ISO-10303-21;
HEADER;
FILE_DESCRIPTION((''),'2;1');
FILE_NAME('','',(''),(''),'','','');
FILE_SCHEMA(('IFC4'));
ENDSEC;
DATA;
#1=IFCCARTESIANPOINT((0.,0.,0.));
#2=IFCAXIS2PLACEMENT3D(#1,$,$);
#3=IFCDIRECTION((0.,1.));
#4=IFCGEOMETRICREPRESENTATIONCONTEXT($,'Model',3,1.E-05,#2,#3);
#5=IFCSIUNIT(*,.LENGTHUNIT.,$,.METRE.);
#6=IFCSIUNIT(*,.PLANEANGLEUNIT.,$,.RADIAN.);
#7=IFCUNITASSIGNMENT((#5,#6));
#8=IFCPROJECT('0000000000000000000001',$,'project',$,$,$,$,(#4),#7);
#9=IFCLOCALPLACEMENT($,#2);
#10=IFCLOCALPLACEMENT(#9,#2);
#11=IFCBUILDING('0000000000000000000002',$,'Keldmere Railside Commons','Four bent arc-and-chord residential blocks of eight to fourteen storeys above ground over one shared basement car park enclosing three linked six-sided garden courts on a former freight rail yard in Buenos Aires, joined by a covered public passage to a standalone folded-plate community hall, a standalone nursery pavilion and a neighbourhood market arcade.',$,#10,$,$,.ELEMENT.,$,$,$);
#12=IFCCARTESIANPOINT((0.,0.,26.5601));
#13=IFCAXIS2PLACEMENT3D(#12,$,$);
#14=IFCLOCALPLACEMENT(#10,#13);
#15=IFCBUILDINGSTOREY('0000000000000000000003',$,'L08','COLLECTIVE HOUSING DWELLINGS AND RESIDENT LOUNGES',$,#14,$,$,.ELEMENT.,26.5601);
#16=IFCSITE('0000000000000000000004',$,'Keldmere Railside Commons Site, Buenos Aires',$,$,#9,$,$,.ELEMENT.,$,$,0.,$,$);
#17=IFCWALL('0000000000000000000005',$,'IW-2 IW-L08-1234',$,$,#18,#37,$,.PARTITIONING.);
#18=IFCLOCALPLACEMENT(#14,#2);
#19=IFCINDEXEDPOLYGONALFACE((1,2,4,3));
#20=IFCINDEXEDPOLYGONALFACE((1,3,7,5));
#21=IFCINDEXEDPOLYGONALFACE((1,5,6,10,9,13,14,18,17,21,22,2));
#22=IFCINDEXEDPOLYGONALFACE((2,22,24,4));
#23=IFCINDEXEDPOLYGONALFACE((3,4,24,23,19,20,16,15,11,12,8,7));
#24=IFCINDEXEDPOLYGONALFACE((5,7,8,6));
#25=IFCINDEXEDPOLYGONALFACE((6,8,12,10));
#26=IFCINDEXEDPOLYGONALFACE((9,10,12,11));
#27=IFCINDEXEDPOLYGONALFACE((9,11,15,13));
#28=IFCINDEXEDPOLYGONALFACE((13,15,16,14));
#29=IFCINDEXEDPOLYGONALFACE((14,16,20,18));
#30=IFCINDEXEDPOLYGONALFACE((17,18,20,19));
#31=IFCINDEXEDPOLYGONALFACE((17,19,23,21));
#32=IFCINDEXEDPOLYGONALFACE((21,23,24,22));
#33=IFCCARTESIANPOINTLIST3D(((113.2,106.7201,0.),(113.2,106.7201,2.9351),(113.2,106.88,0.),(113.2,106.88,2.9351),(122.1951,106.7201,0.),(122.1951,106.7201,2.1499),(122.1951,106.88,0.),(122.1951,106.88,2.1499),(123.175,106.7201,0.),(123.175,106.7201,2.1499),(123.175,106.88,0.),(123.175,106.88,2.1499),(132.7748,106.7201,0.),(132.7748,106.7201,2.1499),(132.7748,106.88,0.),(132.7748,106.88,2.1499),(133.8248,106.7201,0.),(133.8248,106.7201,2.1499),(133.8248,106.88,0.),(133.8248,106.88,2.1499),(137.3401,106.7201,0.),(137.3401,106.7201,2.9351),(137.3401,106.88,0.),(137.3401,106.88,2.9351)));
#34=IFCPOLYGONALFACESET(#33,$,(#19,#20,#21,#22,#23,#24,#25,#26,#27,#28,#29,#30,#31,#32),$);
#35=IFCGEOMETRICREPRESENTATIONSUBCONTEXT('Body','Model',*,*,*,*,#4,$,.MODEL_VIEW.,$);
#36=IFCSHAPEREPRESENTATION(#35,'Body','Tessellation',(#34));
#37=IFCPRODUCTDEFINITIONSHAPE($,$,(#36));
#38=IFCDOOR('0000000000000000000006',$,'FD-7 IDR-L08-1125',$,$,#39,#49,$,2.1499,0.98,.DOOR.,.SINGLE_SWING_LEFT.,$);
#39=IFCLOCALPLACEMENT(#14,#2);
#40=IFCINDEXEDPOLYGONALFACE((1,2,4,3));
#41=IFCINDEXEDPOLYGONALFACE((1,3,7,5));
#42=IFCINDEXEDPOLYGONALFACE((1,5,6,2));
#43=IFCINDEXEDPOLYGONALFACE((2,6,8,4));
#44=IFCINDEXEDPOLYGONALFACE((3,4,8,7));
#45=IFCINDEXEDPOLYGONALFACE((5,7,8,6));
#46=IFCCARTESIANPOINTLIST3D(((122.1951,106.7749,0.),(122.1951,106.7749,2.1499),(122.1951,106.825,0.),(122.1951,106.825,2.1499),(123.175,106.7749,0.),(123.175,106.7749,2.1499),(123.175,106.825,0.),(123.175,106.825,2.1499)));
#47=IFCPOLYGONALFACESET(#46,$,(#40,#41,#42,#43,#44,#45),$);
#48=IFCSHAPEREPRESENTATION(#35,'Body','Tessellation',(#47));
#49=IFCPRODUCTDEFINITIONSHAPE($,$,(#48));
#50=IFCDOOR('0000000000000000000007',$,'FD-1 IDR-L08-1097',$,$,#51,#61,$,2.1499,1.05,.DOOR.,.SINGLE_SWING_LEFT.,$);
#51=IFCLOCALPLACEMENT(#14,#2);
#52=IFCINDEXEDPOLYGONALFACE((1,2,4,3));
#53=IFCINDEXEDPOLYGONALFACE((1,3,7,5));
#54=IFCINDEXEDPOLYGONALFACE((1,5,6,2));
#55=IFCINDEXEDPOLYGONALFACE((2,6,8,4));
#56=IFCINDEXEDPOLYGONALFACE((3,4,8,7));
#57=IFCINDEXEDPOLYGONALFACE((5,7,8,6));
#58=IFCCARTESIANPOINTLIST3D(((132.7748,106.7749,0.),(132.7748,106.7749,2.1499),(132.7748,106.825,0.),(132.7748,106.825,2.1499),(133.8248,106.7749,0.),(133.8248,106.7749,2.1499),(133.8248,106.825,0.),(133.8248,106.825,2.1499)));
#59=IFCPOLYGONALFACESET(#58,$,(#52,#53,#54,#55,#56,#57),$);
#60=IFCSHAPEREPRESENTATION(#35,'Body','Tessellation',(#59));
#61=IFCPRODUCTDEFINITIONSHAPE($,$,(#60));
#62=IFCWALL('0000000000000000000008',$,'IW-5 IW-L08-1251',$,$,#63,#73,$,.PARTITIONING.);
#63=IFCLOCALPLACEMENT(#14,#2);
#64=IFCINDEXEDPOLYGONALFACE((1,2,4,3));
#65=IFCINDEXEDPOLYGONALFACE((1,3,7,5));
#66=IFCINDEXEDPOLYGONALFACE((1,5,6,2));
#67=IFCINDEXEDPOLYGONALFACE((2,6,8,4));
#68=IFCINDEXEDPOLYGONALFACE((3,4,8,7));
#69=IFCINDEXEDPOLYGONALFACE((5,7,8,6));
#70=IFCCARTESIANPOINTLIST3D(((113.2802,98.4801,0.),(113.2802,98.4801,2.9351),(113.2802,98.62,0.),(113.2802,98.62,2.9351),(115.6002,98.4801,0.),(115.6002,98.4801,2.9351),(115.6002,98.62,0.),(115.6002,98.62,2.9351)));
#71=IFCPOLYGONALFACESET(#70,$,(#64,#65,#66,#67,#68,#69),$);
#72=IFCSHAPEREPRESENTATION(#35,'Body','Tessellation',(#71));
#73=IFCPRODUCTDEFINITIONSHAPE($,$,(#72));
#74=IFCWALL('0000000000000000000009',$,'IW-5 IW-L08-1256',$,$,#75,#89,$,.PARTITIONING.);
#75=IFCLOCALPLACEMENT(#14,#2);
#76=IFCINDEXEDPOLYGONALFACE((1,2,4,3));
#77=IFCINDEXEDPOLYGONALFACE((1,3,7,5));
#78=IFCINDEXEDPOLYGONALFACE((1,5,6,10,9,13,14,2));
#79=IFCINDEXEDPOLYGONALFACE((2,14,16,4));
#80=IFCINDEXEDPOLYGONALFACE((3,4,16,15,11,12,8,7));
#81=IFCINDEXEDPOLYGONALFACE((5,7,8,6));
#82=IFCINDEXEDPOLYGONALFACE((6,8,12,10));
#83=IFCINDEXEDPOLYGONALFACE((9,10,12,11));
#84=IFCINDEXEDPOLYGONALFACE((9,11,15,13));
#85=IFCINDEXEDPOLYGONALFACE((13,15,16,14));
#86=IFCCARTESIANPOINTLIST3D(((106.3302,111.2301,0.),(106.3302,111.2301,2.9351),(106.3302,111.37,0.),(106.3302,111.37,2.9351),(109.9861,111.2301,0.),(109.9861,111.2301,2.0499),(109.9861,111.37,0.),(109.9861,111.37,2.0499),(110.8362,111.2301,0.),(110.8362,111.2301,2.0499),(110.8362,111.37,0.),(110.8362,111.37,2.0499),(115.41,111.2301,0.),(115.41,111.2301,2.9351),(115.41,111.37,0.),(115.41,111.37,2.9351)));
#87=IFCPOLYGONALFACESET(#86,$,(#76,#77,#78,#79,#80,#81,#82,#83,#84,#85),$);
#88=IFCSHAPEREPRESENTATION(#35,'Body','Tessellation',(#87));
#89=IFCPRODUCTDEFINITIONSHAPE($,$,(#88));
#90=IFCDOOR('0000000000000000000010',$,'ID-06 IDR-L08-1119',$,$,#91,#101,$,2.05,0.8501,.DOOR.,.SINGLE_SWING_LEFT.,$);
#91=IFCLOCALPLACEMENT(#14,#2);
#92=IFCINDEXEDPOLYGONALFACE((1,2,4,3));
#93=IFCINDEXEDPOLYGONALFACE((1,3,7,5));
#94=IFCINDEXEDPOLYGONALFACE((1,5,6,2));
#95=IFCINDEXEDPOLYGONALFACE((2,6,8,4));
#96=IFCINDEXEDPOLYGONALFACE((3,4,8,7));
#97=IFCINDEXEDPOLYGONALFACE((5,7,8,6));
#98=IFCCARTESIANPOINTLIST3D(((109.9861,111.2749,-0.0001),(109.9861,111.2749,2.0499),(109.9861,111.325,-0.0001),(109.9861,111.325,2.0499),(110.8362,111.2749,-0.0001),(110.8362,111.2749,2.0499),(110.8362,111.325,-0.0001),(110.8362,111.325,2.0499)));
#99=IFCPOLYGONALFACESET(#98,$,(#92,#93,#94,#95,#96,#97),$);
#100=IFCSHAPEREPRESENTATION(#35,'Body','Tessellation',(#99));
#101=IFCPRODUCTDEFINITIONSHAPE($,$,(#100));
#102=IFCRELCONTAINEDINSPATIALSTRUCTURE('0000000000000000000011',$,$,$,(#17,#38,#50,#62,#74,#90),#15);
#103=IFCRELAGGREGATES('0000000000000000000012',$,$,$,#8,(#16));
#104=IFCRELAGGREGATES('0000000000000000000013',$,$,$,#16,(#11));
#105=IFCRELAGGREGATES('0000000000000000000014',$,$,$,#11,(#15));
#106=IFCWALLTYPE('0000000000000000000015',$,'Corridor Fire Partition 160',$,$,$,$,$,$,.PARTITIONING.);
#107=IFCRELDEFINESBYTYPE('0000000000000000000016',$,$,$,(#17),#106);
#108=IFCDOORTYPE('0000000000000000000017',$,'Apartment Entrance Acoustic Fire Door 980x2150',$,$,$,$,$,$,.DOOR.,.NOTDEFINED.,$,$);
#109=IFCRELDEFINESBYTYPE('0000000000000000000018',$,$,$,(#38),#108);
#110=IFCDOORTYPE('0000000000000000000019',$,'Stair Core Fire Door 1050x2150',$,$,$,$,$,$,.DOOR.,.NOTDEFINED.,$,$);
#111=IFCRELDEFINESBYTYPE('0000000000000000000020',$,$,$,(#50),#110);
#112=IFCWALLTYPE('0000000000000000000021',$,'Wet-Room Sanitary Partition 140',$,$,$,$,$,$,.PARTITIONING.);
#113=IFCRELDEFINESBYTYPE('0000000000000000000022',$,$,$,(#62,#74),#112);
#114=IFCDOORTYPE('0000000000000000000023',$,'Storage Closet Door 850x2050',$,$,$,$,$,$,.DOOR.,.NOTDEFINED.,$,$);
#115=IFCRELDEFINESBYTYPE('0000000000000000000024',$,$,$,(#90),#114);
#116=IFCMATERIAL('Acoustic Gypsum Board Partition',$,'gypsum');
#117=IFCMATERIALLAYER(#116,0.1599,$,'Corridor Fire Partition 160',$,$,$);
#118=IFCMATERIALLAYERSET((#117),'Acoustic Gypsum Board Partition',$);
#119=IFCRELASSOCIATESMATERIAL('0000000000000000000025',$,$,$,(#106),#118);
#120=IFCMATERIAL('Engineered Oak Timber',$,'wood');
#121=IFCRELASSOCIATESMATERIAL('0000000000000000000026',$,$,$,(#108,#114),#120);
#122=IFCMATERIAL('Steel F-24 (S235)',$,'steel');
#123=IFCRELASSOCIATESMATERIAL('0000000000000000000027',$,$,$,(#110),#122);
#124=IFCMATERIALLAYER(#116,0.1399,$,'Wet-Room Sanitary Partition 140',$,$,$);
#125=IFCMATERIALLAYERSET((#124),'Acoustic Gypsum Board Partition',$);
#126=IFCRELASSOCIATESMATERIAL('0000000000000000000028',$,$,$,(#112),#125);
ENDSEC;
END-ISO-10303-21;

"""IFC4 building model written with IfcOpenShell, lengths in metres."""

from ifc_helpers import new_model, si_unit, direction, frame, frame_2d, origin, place, context, subcontext, project, spatial, rectangle, extrude, material, layer, layer_set, type_object, element, fill, save


model = new_model("IFC4")

# Units and contexts
model_context = context("Model", 3, precision=1e-05, world=origin(), true_north=direction((0.0, 1.0)))
body_context = subcontext(model_context, "Body", "Model", "MODEL_VIEW")
ifc_project = project(units=[si_unit("LENGTHUNIT", "METRE"), si_unit("PLANEANGLEUNIT", "RADIAN")], contexts=[model_context])

# Site, building, storey
site_placement = place(None, origin())
site = spatial("IfcSite", under=ifc_project, at=site_placement, Name="Keldmere Railside Commons Site, Buenos Aires", CompositionType="ELEMENT", RefElevation=0.0)
building_placement = place(site_placement, origin())
building = spatial("IfcBuilding", under=site, at=building_placement, Name="Keldmere Railside Commons", Description="Four bent arc-and-chord residential blocks of eight to fourteen storeys above ground over one shared basement car park enclosing three linked six-sided garden courts on a former freight rail yard in Buenos Aires, joined by a covered public passage to a standalone folded-plate community hall, a standalone nursery pavilion and a neighbourhood market arcade.", CompositionType="ELEMENT")
storey_placement = place(building_placement, frame((0.0, 0.0, 26.5601)))
storey = spatial("IfcBuildingStorey", under=building, at=storey_placement, Name="L08", Description="COLLECTIVE HOUSING DWELLINGS AND RESIDENT LOUNGES", CompositionType="ELEMENT", Elevation=26.5601)

# Shared definitions
ifc_material_1 = material(Name="Acoustic Gypsum Board Partition", Category="gypsum")

# Shared definitions
ifc_material_2 = material(Name="Engineered Oak Timber", Category="wood")

# Wall, openings, doors
ifc_layer_1 = layer(ifc_material_1, 0.1599, Name="Corridor Fire Partition 160")
ifc_layer_set_1 = layer_set([ifc_layer_1], Name="Acoustic Gypsum Board Partition")
wall_type_1 = type_object("IfcWallType", Name="Corridor Fire Partition 160", PredefinedType="PARTITIONING", material=ifc_layer_set_1)
wall_1_placement = place(storey_placement, frame((113.2, 106.8, 0.0), z_axis=(0.0, 0.0, 1.0), x_axis=(1.0, 0.0, 0.0)))
wall_1 = element("IfcWall", 1, at=wall_1_placement, inside=storey, type_object=wall_type_1, Name="IW-2 IW-L08-1234", PredefinedType="PARTITIONING", context=body_context, shape_type="SweptSolid", body=[
    extrude(rectangle(XDim=24.1401, YDim=0.1599, at=frame_2d((12.0701, 0.0))), origin(), (0.0, 0.0, 1.0), 2.9351),
])
opening_1_placement = place(wall_1_placement, frame((19.575, 0.0, 0.0)))
opening_1 = element("IfcOpeningElement", 2, at=opening_1_placement, cuts=wall_1, PredefinedType="OPENING", context=body_context, shape_type="SweptSolid", body=[
    extrude(rectangle(XDim=1.05, YDim=2.1499, at=frame_2d((0.5249, 1.075))), frame((0.0, 0.0898, 0.0), z_axis=(0.0, -1.0, 0.0), x_axis=(1.0, 0.0, 0.0)), (0.0, 0.0, 1.0), 0.1799),
])
opening_2_placement = place(wall_1_placement, frame((8.9951, 0.0, 0.0)))
opening_2 = element("IfcOpeningElement", 3, at=opening_2_placement, cuts=wall_1, PredefinedType="OPENING", context=body_context, shape_type="SweptSolid", body=[
    extrude(rectangle(XDim=0.98, YDim=2.1499, at=frame_2d((0.49, 1.075))), frame((0.0, 0.0898, 0.0), z_axis=(0.0, -1.0, 0.0), x_axis=(1.0, 0.0, 0.0)), (0.0, 0.0, 1.0), 0.1799),
])
door_type_1 = type_object("IfcDoorType", Name="Apartment Entrance Acoustic Fire Door 980x2150", OperationType="NOTDEFINED", PredefinedType="DOOR", material=ifc_material_2)
door_1_placement = place(opening_2_placement, origin())
door_1 = element("IfcDoor", 4, at=door_1_placement, inside=storey, type_object=door_type_1, Name="FD-7 IDR-L08-1125", OperationType="SINGLE_SWING_LEFT", OverallHeight=2.1499, OverallWidth=0.98, PredefinedType="DOOR", context=body_context, shape_type="SweptSolid", body=[
    extrude(rectangle(XDim=0.98, YDim=2.1499, at=frame_2d((0.49, 1.075))), frame((0.0, 0.0249, 0.0), z_axis=(0.0, -1.0, 0.0), x_axis=(1.0, 0.0, 0.0)), (0.0, 0.0, 1.0), 0.05),
])
fill(opening_2, door_1)
ifc_material_3 = material(Name="Steel F-24 (S235)", Category="steel")
door_type_2 = type_object("IfcDoorType", Name="Stair Core Fire Door 1050x2150", OperationType="NOTDEFINED", PredefinedType="DOOR", material=ifc_material_3)
door_2_placement = place(opening_1_placement, origin())
door_2 = element("IfcDoor", 5, at=door_2_placement, inside=storey, type_object=door_type_2, Name="FD-1 IDR-L08-1097", OperationType="SINGLE_SWING_LEFT", OverallHeight=2.1499, OverallWidth=1.05, PredefinedType="DOOR", context=body_context, shape_type="SweptSolid", body=[
    extrude(rectangle(XDim=1.05, YDim=2.1499, at=frame_2d((0.5249, 1.075))), frame((0.0, 0.0249, 0.0), z_axis=(0.0, -1.0, 0.0), x_axis=(1.0, 0.0, 0.0)), (0.0, 0.0, 1.0), 0.05),
])
fill(opening_1, door_2)

# Wall
ifc_layer_2 = layer(ifc_material_1, 0.1399, Name="Wet-Room Sanitary Partition 140")
ifc_layer_set_2 = layer_set([ifc_layer_2], Name="Acoustic Gypsum Board Partition")
wall_type_2 = type_object("IfcWallType", Name="Wet-Room Sanitary Partition 140", PredefinedType="PARTITIONING", material=ifc_layer_set_2)
wall_2_placement = place(storey_placement, frame((113.28, 98.55, 0.0), z_axis=(0.0, 0.0, 1.0), x_axis=(1.0, 0.0, 0.0)))
element("IfcWall", 6, at=wall_2_placement, inside=storey, type_object=wall_type_2, Name="IW-5 IW-L08-1251", PredefinedType="PARTITIONING", context=body_context, shape_type="SweptSolid", body=[
    extrude(rectangle(XDim=2.3201, YDim=0.1399, at=frame_2d((1.1602, 0.0))), origin(), (0.0, 0.0, 1.0), 2.9351),
])

# Wall, opening, door
wall_3_placement = place(storey_placement, frame((106.3301, 111.3, 0.0), z_axis=(0.0, 0.0, 1.0), x_axis=(1.0, 0.0, 0.0)))
wall_3 = element("IfcWall", 7, at=wall_3_placement, inside=storey, type_object=wall_type_2, Name="IW-5 IW-L08-1256", PredefinedType="PARTITIONING", context=body_context, shape_type="SweptSolid", body=[
    extrude(rectangle(XDim=9.0798, YDim=0.1399, at=frame_2d((4.54, 0.0))), origin(), (0.0, 0.0, 1.0), 2.9351),
])
opening_3_placement = place(wall_3_placement, frame((3.656, 0.0, 0.0)))
opening_3 = element("IfcOpeningElement", 8, at=opening_3_placement, cuts=wall_3, PredefinedType="OPENING", context=body_context, shape_type="SweptSolid", body=[
    extrude(rectangle(XDim=0.8501, YDim=2.05, at=frame_2d((0.425, 1.0249))), frame((0.0, 0.0798, 0.0), z_axis=(0.0, -1.0, 0.0), x_axis=(1.0, 0.0, 0.0)), (0.0, 0.0, 1.0), 0.1599),
])
door_type_3 = type_object("IfcDoorType", Name="Storage Closet Door 850x2050", OperationType="NOTDEFINED", PredefinedType="DOOR", material=ifc_material_2)
door_3_placement = place(opening_3_placement, origin())
door_3 = element("IfcDoor", 9, at=door_3_placement, inside=storey, type_object=door_type_3, Name="ID-06 IDR-L08-1119", OperationType="SINGLE_SWING_LEFT", OverallHeight=2.05, OverallWidth=0.8501, PredefinedType="DOOR", context=body_context, shape_type="SweptSolid", body=[
    extrude(rectangle(XDim=0.8501, YDim=2.05, at=frame_2d((0.425, 1.0249))), frame((0.0, 0.0249, 0.0), z_axis=(0.0, -1.0, 0.0), x_axis=(1.0, 0.0, 0.0)), (0.0, 0.0, 1.0), 0.05),
])
fill(opening_3, door_3)

save(model, "model.ifc")
